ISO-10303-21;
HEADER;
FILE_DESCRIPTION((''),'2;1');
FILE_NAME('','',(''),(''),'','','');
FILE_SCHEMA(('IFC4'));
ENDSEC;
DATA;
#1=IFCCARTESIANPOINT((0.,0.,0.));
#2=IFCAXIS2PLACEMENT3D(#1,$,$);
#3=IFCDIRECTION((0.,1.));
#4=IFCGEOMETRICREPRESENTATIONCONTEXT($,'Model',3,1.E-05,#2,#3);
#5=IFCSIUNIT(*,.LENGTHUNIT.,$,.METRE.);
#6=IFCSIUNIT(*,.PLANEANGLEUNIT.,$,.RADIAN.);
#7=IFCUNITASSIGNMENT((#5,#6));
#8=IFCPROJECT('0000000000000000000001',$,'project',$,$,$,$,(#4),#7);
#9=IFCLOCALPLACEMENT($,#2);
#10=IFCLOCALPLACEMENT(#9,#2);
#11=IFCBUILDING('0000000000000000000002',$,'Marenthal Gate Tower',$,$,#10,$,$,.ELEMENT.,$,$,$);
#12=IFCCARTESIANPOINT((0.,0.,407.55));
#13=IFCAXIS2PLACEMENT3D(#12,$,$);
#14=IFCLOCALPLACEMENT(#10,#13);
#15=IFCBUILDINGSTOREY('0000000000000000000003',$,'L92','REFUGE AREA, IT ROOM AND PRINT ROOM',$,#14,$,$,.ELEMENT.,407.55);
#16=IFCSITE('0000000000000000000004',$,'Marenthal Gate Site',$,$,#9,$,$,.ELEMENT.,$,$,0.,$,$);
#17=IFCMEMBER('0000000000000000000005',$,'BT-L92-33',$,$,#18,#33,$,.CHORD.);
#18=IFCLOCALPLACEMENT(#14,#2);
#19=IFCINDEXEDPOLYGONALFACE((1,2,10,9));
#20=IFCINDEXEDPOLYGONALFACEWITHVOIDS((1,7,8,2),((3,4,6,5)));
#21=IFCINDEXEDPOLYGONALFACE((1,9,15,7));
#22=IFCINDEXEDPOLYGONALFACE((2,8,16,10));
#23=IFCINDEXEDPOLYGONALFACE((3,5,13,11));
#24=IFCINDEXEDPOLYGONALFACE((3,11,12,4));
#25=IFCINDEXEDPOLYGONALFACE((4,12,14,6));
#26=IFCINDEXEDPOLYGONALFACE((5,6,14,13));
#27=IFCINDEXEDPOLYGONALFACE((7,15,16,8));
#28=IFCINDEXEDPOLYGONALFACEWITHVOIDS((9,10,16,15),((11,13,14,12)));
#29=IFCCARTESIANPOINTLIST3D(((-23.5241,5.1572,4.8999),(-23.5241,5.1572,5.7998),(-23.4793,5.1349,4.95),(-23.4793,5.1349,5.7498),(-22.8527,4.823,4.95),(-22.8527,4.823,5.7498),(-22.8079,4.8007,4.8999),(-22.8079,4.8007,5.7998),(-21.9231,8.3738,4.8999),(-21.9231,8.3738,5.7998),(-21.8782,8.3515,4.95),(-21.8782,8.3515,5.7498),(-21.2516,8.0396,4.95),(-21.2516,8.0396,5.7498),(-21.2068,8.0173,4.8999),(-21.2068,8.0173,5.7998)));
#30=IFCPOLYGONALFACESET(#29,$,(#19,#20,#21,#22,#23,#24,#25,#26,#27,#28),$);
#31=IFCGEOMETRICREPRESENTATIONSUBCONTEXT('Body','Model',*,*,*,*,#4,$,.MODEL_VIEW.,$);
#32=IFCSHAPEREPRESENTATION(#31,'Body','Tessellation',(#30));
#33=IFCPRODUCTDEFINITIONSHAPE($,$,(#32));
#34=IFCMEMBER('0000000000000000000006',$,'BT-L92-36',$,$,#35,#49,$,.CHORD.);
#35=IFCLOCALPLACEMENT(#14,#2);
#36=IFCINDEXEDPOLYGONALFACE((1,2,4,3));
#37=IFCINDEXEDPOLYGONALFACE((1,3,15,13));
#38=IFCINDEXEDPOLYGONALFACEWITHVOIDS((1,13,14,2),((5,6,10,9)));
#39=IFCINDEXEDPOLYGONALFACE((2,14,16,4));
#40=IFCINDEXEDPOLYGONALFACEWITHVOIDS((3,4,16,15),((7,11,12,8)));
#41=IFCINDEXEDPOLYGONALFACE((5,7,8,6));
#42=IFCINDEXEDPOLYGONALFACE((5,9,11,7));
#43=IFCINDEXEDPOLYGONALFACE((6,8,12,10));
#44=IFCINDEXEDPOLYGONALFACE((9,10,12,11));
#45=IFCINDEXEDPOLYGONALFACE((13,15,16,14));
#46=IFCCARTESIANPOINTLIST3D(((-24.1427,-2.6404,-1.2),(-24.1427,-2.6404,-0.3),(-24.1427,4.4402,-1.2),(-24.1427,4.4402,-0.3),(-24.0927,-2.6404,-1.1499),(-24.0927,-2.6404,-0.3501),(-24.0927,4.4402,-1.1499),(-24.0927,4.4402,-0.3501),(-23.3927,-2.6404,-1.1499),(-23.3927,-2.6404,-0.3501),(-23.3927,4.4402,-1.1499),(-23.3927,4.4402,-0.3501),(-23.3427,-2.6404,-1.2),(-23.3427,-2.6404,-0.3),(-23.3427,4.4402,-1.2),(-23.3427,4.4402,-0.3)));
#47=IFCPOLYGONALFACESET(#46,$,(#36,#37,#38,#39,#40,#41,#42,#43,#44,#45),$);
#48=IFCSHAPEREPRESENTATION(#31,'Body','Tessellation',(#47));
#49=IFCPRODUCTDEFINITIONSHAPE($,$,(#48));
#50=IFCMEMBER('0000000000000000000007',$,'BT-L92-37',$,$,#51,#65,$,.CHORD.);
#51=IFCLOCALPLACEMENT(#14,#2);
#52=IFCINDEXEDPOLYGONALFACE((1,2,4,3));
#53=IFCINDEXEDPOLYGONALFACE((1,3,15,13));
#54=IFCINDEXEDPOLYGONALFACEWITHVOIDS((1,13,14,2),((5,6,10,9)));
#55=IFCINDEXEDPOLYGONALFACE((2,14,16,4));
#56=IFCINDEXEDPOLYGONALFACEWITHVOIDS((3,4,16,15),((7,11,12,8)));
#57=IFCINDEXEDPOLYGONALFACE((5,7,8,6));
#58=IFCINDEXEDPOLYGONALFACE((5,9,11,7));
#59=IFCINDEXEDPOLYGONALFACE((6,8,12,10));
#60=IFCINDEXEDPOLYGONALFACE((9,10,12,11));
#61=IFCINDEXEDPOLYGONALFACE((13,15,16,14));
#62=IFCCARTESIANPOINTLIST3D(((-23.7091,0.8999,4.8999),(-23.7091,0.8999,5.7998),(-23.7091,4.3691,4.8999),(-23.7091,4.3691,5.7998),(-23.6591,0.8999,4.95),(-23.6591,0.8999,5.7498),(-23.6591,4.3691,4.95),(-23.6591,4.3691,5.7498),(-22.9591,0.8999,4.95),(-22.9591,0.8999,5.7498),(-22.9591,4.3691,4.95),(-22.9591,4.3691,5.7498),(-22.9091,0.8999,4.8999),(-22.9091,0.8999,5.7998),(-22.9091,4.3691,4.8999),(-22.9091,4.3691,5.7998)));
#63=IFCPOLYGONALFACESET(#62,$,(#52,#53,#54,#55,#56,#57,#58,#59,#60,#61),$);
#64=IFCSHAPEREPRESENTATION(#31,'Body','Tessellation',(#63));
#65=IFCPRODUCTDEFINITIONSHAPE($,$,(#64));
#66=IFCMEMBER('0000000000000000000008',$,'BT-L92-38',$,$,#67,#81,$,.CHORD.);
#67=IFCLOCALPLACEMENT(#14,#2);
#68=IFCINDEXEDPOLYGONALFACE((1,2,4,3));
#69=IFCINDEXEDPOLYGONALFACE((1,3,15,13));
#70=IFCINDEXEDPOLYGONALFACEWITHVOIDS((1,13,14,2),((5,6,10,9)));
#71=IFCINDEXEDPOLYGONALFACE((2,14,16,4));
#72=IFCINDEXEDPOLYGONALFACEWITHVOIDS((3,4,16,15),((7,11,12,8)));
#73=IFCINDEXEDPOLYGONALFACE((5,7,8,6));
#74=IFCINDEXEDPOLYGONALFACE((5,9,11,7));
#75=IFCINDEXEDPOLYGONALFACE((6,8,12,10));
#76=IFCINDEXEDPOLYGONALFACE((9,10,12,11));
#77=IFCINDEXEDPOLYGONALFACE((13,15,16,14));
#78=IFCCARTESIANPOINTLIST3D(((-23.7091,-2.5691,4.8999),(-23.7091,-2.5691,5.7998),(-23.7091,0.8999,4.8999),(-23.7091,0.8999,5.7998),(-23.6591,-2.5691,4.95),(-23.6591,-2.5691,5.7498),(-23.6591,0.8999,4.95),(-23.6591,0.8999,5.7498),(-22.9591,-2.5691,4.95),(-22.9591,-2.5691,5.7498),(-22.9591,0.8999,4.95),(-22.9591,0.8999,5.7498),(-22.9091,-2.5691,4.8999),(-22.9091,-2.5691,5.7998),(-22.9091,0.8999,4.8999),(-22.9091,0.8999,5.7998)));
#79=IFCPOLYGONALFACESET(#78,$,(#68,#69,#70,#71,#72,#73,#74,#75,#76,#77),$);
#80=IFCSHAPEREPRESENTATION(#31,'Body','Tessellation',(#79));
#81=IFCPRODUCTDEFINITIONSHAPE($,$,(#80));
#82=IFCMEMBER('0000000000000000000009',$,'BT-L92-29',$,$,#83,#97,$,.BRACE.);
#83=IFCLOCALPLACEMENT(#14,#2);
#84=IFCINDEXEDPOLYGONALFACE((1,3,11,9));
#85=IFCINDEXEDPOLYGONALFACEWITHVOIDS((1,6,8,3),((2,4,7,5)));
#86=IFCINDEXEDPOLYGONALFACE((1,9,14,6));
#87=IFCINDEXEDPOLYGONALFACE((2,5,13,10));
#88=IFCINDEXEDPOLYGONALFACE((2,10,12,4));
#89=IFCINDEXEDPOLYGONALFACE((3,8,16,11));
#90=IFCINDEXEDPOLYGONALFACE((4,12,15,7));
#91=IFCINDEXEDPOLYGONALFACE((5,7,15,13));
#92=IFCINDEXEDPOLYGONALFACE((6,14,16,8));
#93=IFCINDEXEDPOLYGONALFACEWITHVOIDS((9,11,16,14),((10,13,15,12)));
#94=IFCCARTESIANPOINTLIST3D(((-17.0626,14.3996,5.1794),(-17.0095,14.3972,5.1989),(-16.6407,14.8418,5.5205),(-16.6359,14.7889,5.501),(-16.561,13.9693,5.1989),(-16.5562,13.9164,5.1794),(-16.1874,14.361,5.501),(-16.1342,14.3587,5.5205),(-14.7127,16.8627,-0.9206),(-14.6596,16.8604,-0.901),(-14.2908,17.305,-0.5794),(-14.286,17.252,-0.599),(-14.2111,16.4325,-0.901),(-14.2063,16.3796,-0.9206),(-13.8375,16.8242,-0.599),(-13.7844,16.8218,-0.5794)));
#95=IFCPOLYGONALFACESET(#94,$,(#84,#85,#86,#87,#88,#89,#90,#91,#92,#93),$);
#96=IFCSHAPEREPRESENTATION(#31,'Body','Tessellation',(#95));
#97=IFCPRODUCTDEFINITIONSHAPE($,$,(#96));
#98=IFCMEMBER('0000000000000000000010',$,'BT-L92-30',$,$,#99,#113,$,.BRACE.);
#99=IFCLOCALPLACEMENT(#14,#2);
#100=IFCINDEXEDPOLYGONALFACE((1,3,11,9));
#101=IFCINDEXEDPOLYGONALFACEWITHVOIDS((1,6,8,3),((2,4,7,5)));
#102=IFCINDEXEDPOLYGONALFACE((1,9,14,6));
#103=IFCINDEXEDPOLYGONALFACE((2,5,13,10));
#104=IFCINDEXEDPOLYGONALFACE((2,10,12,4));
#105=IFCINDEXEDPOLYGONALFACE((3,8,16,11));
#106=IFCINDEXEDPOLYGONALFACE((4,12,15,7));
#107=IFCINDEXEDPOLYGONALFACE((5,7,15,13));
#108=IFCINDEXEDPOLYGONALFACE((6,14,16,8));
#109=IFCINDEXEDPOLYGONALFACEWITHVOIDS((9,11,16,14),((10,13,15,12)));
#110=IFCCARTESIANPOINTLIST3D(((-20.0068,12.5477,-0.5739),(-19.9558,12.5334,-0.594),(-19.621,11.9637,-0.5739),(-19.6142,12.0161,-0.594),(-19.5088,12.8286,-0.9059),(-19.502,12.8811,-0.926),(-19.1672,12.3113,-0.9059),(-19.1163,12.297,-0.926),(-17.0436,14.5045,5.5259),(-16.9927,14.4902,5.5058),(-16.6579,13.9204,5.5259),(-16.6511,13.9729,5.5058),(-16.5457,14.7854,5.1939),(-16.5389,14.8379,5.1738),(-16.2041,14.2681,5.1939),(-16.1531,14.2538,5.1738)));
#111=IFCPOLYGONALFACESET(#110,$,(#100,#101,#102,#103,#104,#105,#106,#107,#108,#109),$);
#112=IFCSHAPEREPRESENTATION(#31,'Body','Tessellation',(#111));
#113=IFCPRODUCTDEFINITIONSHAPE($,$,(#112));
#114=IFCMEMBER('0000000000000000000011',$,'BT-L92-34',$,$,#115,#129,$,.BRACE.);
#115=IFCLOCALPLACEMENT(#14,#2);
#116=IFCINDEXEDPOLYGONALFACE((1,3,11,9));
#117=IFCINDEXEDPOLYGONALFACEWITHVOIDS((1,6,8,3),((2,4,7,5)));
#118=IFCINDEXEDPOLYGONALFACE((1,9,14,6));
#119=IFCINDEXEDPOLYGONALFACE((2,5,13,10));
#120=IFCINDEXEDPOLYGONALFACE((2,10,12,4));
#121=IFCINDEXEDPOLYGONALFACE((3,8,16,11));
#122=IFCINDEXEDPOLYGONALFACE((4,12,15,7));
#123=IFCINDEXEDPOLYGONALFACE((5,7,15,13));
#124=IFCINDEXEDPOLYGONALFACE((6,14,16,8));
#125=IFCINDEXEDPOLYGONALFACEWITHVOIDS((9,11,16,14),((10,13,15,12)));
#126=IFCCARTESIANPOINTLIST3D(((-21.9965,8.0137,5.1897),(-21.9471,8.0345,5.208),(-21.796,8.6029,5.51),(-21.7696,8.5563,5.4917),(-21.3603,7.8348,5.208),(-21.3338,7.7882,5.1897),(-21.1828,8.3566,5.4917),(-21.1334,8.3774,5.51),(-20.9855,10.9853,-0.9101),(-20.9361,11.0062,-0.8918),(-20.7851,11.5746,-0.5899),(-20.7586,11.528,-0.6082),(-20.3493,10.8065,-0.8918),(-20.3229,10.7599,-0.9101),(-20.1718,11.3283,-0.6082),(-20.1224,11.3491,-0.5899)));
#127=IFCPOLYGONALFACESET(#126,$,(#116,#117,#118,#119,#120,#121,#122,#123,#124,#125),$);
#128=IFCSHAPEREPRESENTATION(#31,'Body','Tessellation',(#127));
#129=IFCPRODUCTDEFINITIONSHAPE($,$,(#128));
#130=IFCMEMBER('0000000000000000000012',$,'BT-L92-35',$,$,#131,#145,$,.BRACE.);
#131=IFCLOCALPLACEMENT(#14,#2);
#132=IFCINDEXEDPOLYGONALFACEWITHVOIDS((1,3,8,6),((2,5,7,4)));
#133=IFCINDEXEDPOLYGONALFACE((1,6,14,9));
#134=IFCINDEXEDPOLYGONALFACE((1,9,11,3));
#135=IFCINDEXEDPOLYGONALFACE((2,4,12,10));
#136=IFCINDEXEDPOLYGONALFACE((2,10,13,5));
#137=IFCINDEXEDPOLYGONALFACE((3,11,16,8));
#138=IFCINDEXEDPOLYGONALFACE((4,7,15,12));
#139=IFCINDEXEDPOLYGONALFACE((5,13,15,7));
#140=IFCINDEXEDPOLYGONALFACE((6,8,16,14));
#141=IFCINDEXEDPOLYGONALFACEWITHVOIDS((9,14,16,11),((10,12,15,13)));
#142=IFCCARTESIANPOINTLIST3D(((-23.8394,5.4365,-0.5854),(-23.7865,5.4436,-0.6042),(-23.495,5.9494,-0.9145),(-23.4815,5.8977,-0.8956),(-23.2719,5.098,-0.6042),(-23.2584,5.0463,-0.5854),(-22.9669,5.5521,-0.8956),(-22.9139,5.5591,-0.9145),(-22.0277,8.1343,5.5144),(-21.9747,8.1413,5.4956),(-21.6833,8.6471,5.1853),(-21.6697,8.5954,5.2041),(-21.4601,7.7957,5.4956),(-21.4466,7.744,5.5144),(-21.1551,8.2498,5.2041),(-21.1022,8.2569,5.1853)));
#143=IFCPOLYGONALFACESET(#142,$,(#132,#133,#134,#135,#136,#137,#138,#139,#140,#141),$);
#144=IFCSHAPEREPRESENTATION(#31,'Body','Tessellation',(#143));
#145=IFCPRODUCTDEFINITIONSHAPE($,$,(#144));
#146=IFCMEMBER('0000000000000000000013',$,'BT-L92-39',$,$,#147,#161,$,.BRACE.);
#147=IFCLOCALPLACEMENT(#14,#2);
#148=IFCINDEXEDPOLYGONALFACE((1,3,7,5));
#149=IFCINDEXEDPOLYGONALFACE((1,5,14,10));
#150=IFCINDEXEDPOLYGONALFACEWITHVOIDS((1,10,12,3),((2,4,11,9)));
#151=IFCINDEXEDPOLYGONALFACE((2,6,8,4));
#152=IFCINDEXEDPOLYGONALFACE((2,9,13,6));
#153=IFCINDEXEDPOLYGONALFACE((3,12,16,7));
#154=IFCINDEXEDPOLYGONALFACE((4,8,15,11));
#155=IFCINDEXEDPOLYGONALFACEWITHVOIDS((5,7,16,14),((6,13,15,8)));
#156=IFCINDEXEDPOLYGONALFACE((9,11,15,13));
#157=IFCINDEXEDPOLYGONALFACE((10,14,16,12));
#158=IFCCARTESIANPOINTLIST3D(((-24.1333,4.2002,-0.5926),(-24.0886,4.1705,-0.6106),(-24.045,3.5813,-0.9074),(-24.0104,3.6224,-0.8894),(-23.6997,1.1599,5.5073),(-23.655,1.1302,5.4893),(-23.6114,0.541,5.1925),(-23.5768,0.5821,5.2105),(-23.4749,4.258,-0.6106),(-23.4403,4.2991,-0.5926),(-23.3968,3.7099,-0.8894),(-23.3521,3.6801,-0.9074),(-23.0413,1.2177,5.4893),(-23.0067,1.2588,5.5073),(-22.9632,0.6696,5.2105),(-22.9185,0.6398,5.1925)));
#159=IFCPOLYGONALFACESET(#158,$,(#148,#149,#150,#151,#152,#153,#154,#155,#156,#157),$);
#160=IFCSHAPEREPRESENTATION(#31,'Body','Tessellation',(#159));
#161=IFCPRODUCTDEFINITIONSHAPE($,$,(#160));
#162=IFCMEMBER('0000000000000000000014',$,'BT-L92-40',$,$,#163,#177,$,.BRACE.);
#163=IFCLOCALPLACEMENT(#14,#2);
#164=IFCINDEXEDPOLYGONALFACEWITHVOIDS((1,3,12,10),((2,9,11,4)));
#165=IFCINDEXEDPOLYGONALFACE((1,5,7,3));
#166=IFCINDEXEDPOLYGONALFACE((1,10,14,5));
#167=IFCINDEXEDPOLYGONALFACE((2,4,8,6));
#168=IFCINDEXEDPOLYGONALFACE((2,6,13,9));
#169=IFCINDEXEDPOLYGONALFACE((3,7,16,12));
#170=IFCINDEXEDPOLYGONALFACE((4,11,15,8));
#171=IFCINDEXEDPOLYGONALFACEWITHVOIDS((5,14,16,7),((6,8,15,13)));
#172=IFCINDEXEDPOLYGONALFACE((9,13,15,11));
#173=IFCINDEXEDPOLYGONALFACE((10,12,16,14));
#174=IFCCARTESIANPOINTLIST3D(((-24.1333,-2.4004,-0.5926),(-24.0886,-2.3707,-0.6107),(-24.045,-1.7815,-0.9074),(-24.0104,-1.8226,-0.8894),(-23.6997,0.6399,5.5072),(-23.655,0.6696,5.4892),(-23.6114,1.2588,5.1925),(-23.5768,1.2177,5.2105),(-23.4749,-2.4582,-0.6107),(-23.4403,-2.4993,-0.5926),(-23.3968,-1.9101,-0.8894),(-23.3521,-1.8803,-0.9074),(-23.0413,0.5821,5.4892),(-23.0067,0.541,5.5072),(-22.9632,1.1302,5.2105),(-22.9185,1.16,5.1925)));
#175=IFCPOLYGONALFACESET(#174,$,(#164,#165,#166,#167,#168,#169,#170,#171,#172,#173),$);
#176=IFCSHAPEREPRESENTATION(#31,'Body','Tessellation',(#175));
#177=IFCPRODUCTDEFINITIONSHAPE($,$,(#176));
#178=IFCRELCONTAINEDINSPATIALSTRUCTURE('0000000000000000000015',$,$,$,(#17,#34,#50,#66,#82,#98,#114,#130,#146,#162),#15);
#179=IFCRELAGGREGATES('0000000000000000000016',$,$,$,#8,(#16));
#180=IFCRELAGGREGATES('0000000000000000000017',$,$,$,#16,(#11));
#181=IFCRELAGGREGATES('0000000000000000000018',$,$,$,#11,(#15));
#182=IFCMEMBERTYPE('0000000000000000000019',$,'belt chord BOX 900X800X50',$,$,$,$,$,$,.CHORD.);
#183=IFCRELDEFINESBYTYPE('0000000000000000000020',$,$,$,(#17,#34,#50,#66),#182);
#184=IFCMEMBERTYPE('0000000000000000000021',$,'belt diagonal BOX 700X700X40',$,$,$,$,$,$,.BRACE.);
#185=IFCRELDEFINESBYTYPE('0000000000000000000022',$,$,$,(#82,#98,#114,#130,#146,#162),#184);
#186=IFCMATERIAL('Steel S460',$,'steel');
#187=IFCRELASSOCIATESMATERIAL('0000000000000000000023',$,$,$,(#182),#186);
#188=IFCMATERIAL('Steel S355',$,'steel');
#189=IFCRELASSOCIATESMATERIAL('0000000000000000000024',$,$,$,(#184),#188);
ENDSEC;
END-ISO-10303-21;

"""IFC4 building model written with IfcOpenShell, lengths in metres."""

from ifc_helpers import new_model, si_unit, direction, frame, origin, origin_2d, place, context, subcontext, project, spatial, hollow_rectangle, extrude, material, material_profile, profile_set, type_object, element, save


model = new_model("IFC4")

# Units and contexts
model_context = context("Model", 3, precision=1e-05, world=origin(), true_north=direction((0.0, 1.0)))
body_context = subcontext(model_context, "Body", "Model", "MODEL_VIEW")
ifc_project = project(units=[si_unit("LENGTHUNIT", "METRE"), si_unit("PLANEANGLEUNIT", "RADIAN")], contexts=[model_context])

# Site, building, storey
site_placement = place(None, origin())
site = spatial("IfcSite", under=ifc_project, at=site_placement, Name="Marenthal Gate Site", CompositionType="ELEMENT", RefElevation=0.0)
building_placement = place(site_placement, origin())
building = spatial("IfcBuilding", under=site, at=building_placement, Name="Marenthal Gate Tower", CompositionType="ELEMENT")
storey_placement = place(building_placement, frame((0.0, 0.0, 407.55)))
storey = spatial("IfcBuildingStorey", under=building, at=storey_placement, Name="L92", Description="REFUGE AREA, IT ROOM AND PRINT ROOM", CompositionType="ELEMENT", Elevation=407.55)

# Members
ifc_material_1 = material(Name="Steel S460", Category="steel")
ifc_material_profile_1 = material_profile(ifc_material_1, hollow_rectangle(XDim=0.8, YDim=0.8999, WallThickness=0.05, at=origin_2d()), Name="BOX 900X800X50")
ifc_profile_set_1 = profile_set([ifc_material_profile_1], Name="Steel S460")
member_type_1 = type_object("IfcMemberType", Name="belt chord BOX 900X800X50", PredefinedType="CHORD", material=ifc_profile_set_1)
for number, where, z_axis, x_axis, name in (
    (1, (-21.5649, 8.1956, 5.3499), (-0.445609, -0.895228, 0.0), (0.895228, -0.445609, 0.0), "BT-L92-33"),
):
    element("IfcMember", number, at=place(storey_placement, frame(where, z_axis=z_axis, x_axis=x_axis)), inside=storey, type_object=member_type_1, Name=name, PredefinedType="CHORD", context=body_context, shape_type="SweptSolid", body=[
        extrude(hollow_rectangle(XDim=0.8, YDim=0.8999, WallThickness=0.05, at=origin_2d()), origin(), (0.0, 0.0, 1.0), 3.593),
    ])
member_1_placement = place(storey_placement, frame((-23.7427, 4.4402, -0.75), z_axis=(0.0, -1.0, 0.0), x_axis=(1.0, 0.0, 0.0)))
element("IfcMember", 2, at=member_1_placement, inside=storey, type_object=member_type_1, Name="BT-L92-36", PredefinedType="CHORD", context=body_context, shape_type="SweptSolid", body=[
    extrude(hollow_rectangle(XDim=0.8, YDim=0.8999, WallThickness=0.05, at=origin_2d()), origin(), (0.0, 0.0, 1.0), 7.0806),
])
member_2_placement = place(storey_placement, frame((-23.3091, 4.3691, 5.3499), z_axis=(0.0, -1.0, 0.0), x_axis=(1.0, 0.0, 0.0)))
element("IfcMember", 3, at=member_2_placement, inside=storey, type_object=member_type_1, Name="BT-L92-37", PredefinedType="CHORD", context=body_context, shape_type="SweptSolid", body=[
    extrude(hollow_rectangle(XDim=0.8, YDim=0.8999, WallThickness=0.05, at=origin_2d()), origin(), (0.0, 0.0, 1.0), 3.4692),
])
member_3_placement = place(storey_placement, frame((-23.3091, 0.8999, 5.3499), z_axis=(0.0, -1.0, 0.0), x_axis=(1.0, 0.0, 0.0)))
element("IfcMember", 4, at=member_3_placement, inside=storey, type_object=member_type_1, Name="BT-L92-38", PredefinedType="CHORD", context=body_context, shape_type="SweptSolid", body=[
    extrude(hollow_rectangle(XDim=0.8, YDim=0.8999, WallThickness=0.05, at=origin_2d()), origin(), (0.0, 0.0, 1.0), 3.469),
])
ifc_material_2 = material(Name="Steel S355", Category="steel")
ifc_material_profile_2 = material_profile(ifc_material_2, hollow_rectangle(XDim=0.7, YDim=0.7, WallThickness=0.04, at=origin_2d()), Name="BOX 700X700X40")
ifc_profile_set_2 = profile_set([ifc_material_profile_2], Name="Steel S355")
member_type_2 = type_object("IfcMemberType", Name="belt diagonal BOX 700X700X40", PredefinedType="BRACE", material=ifc_profile_set_2)
member_4_placement = place(storey_placement, frame((-14.2485, 16.8423, -0.75), z_axis=(-0.336391, -0.352607, 0.873218), x_axis=(0.723549, -0.690273, 0.0)))
element("IfcMember", 5, at=member_4_placement, inside=storey, type_object=member_type_2, Name="BT-L92-29", PredefinedType="BRACE", context=body_context, shape_type="SweptSolid", body=[
    extrude(hollow_rectangle(XDim=0.7, YDim=0.7, WallThickness=0.04, at=origin_2d()), origin(), (0.0, 0.0, 1.0), 6.9856),
])
member_5_placement = place(storey_placement, frame((-16.5984, 14.3792, 5.3499), z_axis=(-0.419818, -0.277238, -0.864229), x_axis=(0.551062, -0.834465, 0.0)))
element("IfcMember", 6, at=member_5_placement, inside=storey, type_object=member_type_2, Name="BT-L92-30", PredefinedType="BRACE", context=body_context, shape_type="SweptSolid", body=[
    extrude(hollow_rectangle(XDim=0.7, YDim=0.7, WallThickness=0.04, at=origin_2d()), origin(), (0.0, 0.0, 1.0), 7.0581),
])
member_6_placement = place(storey_placement, frame((-20.554, 11.1672, -0.75), z_axis=(-0.147372, -0.433182, 0.889176), x_axis=(0.946713, -0.322078, 0.0)))
element("IfcMember", 7, at=member_6_placement, inside=storey, type_object=member_type_2, Name="BT-L92-34", PredefinedType="BRACE", context=body_context, shape_type="SweptSolid", body=[
    extrude(hollow_rectangle(XDim=0.7, YDim=0.7, WallThickness=0.04, at=origin_2d()), origin(), (0.0, 0.0, 1.0), 6.8601),
])
member_7_placement = place(storey_placement, frame((-21.5649, 8.1956, 5.3499), z_axis=(-0.262139, -0.390329, -0.882568), x_axis=(0.830162, -0.557523, 0.0)))
element("IfcMember", 8, at=member_7_placement, inside=storey, type_object=member_type_2, Name="BT-L92-35", PredefinedType="BRACE", context=body_context, shape_type="SweptSolid", body=[
    extrude(hollow_rectangle(XDim=0.7, YDim=0.7, WallThickness=0.04, at=origin_2d()), origin(), (0.0, 0.0, 1.0), 6.9114),
])
for number, where, z_axis, x_axis, name in (
    (9, (-23.7427, 3.9402, -0.75), (0.06349, -0.445181, 0.893187), (0.989983, 0.141188, 0.0), "BT-L92-39"),
    (10, (-23.3091, 0.8999, 5.3499), (-0.06349, -0.445181, -0.893187), (0.989983, -0.141188, 0.0), "BT-L92-40"),
):
    element("IfcMember", number, at=place(storey_placement, frame(where, z_axis=z_axis, x_axis=x_axis)), inside=storey, type_object=member_type_2, Name=name, PredefinedType="BRACE", context=body_context, shape_type="SweptSolid", body=[
        extrude(hollow_rectangle(XDim=0.7, YDim=0.7, WallThickness=0.04, at=origin_2d()), origin(), (0.0, 0.0, 1.0), 6.8293),
    ])

save(model, "model.ifc")
